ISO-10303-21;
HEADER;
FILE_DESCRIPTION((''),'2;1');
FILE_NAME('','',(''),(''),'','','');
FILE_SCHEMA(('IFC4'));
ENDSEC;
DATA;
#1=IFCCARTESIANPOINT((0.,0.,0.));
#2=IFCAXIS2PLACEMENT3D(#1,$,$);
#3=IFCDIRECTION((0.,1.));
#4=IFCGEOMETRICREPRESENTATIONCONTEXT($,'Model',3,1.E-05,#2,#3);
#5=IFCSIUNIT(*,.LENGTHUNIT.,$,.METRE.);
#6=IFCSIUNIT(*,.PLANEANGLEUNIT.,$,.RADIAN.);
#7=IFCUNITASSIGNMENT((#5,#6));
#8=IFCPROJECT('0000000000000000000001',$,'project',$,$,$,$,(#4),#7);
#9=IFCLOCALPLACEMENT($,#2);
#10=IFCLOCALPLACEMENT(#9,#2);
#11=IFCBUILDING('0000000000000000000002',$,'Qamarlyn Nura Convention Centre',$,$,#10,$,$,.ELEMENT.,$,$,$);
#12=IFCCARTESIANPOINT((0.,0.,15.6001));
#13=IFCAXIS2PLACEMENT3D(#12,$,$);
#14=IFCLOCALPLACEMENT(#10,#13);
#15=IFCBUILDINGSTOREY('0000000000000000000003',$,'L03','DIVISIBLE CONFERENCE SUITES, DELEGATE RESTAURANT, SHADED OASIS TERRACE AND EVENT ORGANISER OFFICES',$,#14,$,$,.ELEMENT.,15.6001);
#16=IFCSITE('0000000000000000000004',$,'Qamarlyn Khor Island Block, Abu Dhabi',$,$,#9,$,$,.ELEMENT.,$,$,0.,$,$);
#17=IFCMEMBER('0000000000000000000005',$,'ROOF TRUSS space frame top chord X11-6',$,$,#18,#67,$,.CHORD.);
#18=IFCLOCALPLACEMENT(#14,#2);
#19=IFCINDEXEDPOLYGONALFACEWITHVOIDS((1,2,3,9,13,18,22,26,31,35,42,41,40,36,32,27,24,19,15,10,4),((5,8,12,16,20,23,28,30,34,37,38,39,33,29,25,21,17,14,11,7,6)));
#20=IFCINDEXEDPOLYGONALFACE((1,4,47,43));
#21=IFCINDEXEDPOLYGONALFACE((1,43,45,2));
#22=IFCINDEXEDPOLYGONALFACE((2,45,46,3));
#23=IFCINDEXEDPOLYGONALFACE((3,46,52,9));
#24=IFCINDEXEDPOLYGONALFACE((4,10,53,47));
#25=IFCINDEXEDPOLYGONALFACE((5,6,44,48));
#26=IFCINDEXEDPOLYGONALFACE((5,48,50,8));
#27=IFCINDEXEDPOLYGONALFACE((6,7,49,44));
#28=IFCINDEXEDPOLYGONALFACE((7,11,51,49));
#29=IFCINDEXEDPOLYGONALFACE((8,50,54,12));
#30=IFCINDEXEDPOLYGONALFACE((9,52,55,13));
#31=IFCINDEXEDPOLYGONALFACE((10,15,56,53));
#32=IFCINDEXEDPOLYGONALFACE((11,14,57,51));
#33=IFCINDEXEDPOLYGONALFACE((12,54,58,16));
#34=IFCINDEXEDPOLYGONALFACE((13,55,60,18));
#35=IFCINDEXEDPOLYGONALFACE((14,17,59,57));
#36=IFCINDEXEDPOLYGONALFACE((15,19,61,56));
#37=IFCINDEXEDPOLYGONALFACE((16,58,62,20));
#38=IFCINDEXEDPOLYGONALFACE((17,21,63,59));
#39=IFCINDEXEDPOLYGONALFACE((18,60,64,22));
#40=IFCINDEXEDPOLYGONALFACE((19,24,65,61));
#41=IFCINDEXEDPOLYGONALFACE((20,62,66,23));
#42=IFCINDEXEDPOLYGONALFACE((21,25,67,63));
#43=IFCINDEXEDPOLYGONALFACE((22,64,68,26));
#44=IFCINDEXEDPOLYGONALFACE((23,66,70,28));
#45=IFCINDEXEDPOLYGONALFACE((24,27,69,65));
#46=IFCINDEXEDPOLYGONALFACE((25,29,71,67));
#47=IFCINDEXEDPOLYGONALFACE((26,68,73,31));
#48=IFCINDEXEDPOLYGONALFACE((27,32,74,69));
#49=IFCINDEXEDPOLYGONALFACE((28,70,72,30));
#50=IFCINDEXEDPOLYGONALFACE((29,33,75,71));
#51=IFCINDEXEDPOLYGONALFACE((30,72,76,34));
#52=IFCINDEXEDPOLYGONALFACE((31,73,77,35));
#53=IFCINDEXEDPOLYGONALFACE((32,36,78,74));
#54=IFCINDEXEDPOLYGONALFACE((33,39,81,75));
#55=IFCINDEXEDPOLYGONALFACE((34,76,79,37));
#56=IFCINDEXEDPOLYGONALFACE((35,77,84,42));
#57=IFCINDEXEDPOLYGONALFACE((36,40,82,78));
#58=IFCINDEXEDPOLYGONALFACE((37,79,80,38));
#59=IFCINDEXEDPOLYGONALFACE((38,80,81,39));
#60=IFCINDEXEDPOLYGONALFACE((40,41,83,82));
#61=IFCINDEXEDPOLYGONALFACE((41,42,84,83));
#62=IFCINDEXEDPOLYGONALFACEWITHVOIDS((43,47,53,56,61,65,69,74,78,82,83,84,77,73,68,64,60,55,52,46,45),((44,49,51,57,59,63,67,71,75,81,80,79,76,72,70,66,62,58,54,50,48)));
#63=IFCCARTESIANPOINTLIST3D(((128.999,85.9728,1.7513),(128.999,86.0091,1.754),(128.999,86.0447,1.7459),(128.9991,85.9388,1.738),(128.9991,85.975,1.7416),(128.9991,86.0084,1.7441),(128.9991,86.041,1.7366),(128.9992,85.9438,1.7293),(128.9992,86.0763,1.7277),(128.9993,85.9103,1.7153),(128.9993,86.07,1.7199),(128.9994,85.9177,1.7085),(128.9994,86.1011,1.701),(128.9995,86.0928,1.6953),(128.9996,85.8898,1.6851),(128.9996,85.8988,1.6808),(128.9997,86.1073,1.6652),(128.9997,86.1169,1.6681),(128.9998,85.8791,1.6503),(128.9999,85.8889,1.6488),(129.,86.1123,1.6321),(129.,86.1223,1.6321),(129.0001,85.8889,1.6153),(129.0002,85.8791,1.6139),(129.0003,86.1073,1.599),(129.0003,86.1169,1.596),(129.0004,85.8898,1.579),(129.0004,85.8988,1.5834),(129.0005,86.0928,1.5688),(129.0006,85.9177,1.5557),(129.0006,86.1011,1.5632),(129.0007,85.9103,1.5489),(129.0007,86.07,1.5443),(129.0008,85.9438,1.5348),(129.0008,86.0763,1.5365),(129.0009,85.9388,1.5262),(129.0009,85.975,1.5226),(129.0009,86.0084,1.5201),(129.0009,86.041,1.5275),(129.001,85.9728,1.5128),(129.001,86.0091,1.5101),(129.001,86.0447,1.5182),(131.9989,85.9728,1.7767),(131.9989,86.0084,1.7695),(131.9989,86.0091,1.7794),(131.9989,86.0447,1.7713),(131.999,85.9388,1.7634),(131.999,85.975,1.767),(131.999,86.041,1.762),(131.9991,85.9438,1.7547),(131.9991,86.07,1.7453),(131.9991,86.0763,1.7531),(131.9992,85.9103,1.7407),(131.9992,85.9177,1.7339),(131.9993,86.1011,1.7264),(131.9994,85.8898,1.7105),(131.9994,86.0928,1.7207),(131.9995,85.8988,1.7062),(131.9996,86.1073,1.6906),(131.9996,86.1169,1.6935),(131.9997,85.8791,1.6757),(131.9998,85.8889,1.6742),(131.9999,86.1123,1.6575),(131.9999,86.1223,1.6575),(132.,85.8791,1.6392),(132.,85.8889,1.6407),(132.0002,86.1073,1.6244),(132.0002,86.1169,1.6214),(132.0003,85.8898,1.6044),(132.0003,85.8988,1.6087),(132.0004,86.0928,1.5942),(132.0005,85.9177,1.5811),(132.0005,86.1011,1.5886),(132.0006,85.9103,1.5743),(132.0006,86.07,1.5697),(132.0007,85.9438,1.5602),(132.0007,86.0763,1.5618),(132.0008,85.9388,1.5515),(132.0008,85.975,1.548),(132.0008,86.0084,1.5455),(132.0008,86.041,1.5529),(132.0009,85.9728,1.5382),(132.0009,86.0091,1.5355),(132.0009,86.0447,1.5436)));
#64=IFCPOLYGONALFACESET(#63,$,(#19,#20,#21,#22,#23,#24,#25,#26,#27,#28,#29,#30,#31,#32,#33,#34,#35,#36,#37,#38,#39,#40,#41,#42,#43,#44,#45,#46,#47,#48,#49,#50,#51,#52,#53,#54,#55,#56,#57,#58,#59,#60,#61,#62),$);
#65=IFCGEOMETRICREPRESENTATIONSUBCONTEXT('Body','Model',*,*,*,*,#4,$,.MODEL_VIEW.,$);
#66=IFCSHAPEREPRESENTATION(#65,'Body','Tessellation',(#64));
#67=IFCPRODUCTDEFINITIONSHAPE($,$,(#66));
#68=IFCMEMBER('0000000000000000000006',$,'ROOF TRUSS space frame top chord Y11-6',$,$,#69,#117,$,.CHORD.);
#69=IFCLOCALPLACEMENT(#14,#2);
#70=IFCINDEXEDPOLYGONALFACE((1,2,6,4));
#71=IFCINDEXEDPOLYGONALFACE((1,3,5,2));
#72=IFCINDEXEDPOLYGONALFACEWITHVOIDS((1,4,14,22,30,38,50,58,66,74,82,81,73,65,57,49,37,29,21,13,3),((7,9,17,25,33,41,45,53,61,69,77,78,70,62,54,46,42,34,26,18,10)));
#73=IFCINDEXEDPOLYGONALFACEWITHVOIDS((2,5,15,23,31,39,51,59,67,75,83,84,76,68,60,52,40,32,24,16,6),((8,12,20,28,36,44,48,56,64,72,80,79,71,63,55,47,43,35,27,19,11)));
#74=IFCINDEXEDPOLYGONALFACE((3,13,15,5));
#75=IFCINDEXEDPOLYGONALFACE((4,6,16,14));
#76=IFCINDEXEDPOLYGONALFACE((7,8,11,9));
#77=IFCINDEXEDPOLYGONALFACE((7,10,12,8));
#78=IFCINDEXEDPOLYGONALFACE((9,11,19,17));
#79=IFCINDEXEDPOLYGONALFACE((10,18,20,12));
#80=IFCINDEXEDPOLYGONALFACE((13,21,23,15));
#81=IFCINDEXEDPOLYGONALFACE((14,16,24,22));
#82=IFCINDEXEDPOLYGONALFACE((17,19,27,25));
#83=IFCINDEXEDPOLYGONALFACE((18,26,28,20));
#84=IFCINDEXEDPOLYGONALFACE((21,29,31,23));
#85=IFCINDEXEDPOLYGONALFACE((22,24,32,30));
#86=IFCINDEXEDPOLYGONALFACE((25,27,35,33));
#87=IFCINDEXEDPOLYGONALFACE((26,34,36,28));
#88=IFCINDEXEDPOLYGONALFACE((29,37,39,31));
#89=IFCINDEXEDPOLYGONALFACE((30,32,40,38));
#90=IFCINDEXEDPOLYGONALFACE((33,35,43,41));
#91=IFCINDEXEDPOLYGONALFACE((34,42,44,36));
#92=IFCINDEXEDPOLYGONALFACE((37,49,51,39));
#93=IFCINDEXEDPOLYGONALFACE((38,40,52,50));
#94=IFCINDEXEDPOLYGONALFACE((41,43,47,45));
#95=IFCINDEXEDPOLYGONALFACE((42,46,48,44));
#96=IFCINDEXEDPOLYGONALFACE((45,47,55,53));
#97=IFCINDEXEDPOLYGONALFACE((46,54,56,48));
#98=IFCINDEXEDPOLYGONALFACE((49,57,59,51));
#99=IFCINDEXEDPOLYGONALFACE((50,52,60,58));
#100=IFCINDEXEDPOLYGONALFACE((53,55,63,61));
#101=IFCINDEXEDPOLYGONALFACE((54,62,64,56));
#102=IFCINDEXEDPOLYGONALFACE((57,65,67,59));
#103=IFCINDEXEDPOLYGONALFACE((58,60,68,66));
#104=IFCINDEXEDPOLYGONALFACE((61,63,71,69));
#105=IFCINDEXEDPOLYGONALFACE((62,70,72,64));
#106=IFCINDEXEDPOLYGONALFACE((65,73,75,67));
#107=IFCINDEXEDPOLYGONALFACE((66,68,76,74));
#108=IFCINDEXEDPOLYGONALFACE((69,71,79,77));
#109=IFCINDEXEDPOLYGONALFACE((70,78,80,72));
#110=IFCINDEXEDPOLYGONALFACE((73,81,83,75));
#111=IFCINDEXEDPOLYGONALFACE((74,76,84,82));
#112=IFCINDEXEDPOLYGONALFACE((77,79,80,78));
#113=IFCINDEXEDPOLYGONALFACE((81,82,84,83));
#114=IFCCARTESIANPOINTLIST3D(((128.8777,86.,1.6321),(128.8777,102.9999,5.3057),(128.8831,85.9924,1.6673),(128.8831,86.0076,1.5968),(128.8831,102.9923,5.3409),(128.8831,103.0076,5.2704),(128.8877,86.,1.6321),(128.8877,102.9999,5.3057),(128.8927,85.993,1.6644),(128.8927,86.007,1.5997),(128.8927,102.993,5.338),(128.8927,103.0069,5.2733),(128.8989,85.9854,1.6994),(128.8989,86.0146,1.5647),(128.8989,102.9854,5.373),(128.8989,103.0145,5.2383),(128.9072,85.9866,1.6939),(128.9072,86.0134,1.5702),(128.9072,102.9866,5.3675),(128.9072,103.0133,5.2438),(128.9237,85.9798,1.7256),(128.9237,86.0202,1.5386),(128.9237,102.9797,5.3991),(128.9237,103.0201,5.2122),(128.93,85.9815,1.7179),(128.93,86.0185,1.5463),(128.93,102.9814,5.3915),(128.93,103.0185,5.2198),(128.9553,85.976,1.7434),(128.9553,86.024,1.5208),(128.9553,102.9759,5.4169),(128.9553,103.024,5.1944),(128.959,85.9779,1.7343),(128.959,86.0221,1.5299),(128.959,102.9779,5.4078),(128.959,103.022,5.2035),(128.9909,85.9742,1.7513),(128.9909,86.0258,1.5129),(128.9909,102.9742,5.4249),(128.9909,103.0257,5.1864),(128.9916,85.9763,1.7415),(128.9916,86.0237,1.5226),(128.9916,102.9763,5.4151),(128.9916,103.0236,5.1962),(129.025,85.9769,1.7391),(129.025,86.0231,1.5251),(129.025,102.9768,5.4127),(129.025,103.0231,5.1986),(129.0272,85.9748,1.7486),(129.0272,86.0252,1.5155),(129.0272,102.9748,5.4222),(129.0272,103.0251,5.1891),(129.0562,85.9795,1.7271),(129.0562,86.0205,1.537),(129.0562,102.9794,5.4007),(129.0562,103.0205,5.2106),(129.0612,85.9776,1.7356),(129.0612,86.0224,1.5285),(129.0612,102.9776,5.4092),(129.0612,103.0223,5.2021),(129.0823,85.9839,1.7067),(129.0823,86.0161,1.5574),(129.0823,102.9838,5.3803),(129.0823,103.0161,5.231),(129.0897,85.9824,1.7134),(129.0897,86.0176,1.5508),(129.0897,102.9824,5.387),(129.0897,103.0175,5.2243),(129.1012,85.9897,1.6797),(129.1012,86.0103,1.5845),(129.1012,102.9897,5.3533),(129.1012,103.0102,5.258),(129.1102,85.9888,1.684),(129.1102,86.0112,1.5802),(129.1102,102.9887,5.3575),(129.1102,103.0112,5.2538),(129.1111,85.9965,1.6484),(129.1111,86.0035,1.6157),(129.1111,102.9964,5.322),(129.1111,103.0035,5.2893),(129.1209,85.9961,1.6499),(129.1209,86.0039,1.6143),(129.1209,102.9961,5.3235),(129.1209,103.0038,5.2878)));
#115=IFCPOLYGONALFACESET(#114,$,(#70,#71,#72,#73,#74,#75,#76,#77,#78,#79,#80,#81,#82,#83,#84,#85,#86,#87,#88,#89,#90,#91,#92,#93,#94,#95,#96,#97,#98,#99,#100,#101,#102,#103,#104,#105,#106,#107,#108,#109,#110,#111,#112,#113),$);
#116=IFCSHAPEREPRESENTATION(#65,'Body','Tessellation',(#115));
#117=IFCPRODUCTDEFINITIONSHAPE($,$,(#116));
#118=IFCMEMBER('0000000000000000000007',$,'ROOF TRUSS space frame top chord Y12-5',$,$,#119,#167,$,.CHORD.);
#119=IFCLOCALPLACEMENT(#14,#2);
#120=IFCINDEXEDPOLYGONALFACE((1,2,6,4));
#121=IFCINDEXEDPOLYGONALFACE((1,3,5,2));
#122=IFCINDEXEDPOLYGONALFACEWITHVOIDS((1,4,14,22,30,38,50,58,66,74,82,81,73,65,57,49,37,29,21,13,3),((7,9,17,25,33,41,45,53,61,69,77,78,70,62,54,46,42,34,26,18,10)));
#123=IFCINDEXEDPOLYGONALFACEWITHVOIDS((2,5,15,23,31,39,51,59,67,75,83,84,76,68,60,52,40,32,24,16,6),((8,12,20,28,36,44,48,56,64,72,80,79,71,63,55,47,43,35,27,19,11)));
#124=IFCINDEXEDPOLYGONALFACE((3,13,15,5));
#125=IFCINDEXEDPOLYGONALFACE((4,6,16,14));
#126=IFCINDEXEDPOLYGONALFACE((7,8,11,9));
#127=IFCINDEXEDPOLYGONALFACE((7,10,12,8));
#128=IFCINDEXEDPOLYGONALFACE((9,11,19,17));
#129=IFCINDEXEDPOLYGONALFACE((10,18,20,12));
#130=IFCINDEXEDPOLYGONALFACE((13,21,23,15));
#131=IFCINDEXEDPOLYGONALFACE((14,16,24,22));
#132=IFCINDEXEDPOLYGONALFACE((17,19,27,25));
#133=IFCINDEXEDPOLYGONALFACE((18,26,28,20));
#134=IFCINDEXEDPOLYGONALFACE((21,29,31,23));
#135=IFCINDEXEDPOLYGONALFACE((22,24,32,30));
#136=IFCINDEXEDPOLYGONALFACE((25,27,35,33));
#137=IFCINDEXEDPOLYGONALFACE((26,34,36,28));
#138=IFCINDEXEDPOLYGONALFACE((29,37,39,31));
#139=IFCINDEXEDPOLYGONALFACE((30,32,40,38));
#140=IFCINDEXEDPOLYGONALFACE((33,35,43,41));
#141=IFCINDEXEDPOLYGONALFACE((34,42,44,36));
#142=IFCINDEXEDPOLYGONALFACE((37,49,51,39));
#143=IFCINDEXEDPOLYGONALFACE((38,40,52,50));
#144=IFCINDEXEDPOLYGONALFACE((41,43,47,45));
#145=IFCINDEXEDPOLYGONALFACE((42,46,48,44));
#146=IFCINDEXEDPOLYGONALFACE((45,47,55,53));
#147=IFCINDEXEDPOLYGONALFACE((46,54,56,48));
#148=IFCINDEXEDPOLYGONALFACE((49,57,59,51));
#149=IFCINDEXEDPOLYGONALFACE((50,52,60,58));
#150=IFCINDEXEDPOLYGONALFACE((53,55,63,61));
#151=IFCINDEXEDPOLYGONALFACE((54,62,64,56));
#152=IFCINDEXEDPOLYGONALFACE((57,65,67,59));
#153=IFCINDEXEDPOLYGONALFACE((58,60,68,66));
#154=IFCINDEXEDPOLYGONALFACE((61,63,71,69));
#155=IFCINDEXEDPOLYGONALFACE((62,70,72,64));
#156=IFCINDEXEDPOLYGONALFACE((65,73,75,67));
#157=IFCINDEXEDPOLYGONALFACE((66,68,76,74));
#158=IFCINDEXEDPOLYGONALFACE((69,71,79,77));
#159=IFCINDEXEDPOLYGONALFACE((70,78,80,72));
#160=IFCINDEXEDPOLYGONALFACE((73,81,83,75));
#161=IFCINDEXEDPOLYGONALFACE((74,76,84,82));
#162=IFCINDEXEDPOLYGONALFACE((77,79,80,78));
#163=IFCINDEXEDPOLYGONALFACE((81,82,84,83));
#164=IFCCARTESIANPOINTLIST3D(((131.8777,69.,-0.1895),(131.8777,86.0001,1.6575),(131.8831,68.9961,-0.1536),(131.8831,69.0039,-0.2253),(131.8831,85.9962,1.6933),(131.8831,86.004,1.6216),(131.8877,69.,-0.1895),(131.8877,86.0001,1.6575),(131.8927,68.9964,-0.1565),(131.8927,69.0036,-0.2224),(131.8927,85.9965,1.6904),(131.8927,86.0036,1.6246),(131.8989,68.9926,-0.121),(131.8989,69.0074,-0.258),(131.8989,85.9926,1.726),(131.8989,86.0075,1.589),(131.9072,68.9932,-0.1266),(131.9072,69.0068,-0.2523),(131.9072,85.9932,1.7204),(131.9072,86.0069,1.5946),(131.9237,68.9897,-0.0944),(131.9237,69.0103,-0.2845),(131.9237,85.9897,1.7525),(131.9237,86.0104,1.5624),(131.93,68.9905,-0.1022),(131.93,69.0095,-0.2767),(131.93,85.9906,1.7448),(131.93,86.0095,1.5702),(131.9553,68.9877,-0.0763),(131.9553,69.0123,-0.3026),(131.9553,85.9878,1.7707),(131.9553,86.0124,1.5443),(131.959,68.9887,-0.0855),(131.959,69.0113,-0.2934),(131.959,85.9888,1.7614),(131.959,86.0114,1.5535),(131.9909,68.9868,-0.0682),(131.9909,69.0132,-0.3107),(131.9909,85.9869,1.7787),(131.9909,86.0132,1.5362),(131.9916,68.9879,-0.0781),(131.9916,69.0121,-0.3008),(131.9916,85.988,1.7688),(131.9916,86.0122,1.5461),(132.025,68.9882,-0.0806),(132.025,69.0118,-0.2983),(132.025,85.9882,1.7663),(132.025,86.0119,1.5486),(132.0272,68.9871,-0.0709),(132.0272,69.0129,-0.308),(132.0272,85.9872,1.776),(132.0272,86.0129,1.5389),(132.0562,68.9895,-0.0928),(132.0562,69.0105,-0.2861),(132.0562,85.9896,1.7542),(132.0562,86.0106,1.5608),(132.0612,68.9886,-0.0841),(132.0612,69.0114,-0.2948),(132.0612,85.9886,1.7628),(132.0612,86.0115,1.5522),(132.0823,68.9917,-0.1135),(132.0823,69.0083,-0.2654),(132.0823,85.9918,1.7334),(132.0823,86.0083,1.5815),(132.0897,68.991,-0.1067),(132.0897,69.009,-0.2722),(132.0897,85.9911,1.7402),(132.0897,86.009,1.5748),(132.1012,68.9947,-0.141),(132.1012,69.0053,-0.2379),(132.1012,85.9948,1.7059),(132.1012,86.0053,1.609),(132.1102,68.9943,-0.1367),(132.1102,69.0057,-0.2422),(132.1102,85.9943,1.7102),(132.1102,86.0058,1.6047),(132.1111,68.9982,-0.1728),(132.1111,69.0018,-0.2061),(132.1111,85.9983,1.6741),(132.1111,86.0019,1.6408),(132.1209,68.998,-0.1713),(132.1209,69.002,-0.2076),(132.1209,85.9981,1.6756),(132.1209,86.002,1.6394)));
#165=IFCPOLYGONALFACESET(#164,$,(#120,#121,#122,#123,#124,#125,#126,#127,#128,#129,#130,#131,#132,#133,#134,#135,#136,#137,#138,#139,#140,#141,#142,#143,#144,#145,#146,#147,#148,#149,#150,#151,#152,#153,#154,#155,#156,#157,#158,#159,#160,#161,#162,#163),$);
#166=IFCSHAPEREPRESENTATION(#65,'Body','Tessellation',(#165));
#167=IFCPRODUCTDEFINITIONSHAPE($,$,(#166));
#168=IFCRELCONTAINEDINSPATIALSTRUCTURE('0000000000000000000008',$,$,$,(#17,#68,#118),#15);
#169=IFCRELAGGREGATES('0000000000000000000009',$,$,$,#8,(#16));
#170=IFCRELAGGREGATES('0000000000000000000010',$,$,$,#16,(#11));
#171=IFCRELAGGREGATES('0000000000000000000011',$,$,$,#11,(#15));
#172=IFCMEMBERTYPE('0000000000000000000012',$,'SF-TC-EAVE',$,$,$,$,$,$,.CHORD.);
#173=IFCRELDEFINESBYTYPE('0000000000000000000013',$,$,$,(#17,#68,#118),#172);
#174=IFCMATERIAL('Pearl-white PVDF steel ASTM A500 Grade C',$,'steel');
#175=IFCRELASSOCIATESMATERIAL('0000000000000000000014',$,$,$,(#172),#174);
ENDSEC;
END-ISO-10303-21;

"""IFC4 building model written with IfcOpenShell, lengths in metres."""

from ifc_helpers import new_model, si_unit, direction, frame, origin, origin_2d, place, context, subcontext, project, spatial, hollow_circle, extrude, material, material_profile, profile_set, type_object, element, save


model = new_model("IFC4")

# Units and contexts
model_context = context("Model", 3, precision=1e-05, world=origin(), true_north=direction((0.0, 1.0)))
body_context = subcontext(model_context, "Body", "Model", "MODEL_VIEW")
ifc_project = project(units=[si_unit("LENGTHUNIT", "METRE"), si_unit("PLANEANGLEUNIT", "RADIAN")], contexts=[model_context])

# Site, building, storey
site_placement = place(None, origin())
site = spatial("IfcSite", under=ifc_project, at=site_placement, Name="Qamarlyn Khor Island Block, Abu Dhabi", CompositionType="ELEMENT", RefElevation=0.0)
building_placement = place(site_placement, origin())
building = spatial("IfcBuilding", under=site, at=building_placement, Name="Qamarlyn Nura Convention Centre", CompositionType="ELEMENT")
storey_placement = place(building_placement, frame((0.0, 0.0, 15.6001)))
storey = spatial("IfcBuildingStorey", under=building, at=storey_placement, Name="L03", Description="DIVISIBLE CONFERENCE SUITES, DELEGATE RESTAURANT, SHADED OASIS TERRACE AND EVENT ORGANISER OFFICES", CompositionType="ELEMENT", Elevation=15.6001)

# Members
ifc_material_1 = material(Name="Pearl-white PVDF steel ASTM A500 Grade C", Category="steel")
ifc_material_profile_1 = material_profile(ifc_material_1, hollow_circle(Radius=0.1223, WallThickness=0.01, at=origin_2d()), Name="CHS244.5X10")
ifc_profile_set_1 = profile_set([ifc_material_profile_1], Name="Pearl-white PVDF steel ASTM A500 Grade C")
member_type_1 = type_object("IfcMemberType", Name="SF-TC-EAVE", PredefinedType="CHORD", material=ifc_profile_set_1)
member_1_placement = place(storey_placement, frame((129.0, 86.0, 1.6321), z_axis=(0.999964, 0.0, 0.008463), x_axis=(0.0, 1.0, 0.0)))
element("IfcMember", 1, at=member_1_placement, inside=storey, type_object=member_type_1, Name="ROOF TRUSS space frame top chord X11-6", PredefinedType="CHORD", context=body_context, shape_type="SweptSolid", body=[
    extrude(hollow_circle(Radius=0.1223, WallThickness=0.01, at=origin_2d()), origin(), (0.0, 0.0, 1.0), 3.0),
])
member_2_placement = place(storey_placement, frame((129.0, 86.0, 1.6321), z_axis=(0.0, 0.977439, 0.211218), x_axis=(-1.0, 0.0, 0.0)))
element("IfcMember", 2, at=member_2_placement, inside=storey, type_object=member_type_1, Name="ROOF TRUSS space frame top chord Y11-6", PredefinedType="CHORD", context=body_context, shape_type="SweptSolid", body=[
    extrude(hollow_circle(Radius=0.1223, WallThickness=0.01, at=origin_2d()), origin(), (0.0, 0.0, 1.0), 17.3923),
])
member_3_placement = place(storey_placement, frame((132.0, 69.0, -0.1895), z_axis=(0.0, 0.99415, 0.108007), x_axis=(-1.0, 0.0, 0.0)))
element("IfcMember", 3, at=member_3_placement, inside=storey, type_object=member_type_1, Name="ROOF TRUSS space frame top chord Y12-5", PredefinedType="CHORD", context=body_context, shape_type="SweptSolid", body=[
    extrude(hollow_circle(Radius=0.1223, WallThickness=0.01, at=origin_2d()), origin(), (0.0, 0.0, 1.0), 17.1001),
])

save(model, "model.ifc")
